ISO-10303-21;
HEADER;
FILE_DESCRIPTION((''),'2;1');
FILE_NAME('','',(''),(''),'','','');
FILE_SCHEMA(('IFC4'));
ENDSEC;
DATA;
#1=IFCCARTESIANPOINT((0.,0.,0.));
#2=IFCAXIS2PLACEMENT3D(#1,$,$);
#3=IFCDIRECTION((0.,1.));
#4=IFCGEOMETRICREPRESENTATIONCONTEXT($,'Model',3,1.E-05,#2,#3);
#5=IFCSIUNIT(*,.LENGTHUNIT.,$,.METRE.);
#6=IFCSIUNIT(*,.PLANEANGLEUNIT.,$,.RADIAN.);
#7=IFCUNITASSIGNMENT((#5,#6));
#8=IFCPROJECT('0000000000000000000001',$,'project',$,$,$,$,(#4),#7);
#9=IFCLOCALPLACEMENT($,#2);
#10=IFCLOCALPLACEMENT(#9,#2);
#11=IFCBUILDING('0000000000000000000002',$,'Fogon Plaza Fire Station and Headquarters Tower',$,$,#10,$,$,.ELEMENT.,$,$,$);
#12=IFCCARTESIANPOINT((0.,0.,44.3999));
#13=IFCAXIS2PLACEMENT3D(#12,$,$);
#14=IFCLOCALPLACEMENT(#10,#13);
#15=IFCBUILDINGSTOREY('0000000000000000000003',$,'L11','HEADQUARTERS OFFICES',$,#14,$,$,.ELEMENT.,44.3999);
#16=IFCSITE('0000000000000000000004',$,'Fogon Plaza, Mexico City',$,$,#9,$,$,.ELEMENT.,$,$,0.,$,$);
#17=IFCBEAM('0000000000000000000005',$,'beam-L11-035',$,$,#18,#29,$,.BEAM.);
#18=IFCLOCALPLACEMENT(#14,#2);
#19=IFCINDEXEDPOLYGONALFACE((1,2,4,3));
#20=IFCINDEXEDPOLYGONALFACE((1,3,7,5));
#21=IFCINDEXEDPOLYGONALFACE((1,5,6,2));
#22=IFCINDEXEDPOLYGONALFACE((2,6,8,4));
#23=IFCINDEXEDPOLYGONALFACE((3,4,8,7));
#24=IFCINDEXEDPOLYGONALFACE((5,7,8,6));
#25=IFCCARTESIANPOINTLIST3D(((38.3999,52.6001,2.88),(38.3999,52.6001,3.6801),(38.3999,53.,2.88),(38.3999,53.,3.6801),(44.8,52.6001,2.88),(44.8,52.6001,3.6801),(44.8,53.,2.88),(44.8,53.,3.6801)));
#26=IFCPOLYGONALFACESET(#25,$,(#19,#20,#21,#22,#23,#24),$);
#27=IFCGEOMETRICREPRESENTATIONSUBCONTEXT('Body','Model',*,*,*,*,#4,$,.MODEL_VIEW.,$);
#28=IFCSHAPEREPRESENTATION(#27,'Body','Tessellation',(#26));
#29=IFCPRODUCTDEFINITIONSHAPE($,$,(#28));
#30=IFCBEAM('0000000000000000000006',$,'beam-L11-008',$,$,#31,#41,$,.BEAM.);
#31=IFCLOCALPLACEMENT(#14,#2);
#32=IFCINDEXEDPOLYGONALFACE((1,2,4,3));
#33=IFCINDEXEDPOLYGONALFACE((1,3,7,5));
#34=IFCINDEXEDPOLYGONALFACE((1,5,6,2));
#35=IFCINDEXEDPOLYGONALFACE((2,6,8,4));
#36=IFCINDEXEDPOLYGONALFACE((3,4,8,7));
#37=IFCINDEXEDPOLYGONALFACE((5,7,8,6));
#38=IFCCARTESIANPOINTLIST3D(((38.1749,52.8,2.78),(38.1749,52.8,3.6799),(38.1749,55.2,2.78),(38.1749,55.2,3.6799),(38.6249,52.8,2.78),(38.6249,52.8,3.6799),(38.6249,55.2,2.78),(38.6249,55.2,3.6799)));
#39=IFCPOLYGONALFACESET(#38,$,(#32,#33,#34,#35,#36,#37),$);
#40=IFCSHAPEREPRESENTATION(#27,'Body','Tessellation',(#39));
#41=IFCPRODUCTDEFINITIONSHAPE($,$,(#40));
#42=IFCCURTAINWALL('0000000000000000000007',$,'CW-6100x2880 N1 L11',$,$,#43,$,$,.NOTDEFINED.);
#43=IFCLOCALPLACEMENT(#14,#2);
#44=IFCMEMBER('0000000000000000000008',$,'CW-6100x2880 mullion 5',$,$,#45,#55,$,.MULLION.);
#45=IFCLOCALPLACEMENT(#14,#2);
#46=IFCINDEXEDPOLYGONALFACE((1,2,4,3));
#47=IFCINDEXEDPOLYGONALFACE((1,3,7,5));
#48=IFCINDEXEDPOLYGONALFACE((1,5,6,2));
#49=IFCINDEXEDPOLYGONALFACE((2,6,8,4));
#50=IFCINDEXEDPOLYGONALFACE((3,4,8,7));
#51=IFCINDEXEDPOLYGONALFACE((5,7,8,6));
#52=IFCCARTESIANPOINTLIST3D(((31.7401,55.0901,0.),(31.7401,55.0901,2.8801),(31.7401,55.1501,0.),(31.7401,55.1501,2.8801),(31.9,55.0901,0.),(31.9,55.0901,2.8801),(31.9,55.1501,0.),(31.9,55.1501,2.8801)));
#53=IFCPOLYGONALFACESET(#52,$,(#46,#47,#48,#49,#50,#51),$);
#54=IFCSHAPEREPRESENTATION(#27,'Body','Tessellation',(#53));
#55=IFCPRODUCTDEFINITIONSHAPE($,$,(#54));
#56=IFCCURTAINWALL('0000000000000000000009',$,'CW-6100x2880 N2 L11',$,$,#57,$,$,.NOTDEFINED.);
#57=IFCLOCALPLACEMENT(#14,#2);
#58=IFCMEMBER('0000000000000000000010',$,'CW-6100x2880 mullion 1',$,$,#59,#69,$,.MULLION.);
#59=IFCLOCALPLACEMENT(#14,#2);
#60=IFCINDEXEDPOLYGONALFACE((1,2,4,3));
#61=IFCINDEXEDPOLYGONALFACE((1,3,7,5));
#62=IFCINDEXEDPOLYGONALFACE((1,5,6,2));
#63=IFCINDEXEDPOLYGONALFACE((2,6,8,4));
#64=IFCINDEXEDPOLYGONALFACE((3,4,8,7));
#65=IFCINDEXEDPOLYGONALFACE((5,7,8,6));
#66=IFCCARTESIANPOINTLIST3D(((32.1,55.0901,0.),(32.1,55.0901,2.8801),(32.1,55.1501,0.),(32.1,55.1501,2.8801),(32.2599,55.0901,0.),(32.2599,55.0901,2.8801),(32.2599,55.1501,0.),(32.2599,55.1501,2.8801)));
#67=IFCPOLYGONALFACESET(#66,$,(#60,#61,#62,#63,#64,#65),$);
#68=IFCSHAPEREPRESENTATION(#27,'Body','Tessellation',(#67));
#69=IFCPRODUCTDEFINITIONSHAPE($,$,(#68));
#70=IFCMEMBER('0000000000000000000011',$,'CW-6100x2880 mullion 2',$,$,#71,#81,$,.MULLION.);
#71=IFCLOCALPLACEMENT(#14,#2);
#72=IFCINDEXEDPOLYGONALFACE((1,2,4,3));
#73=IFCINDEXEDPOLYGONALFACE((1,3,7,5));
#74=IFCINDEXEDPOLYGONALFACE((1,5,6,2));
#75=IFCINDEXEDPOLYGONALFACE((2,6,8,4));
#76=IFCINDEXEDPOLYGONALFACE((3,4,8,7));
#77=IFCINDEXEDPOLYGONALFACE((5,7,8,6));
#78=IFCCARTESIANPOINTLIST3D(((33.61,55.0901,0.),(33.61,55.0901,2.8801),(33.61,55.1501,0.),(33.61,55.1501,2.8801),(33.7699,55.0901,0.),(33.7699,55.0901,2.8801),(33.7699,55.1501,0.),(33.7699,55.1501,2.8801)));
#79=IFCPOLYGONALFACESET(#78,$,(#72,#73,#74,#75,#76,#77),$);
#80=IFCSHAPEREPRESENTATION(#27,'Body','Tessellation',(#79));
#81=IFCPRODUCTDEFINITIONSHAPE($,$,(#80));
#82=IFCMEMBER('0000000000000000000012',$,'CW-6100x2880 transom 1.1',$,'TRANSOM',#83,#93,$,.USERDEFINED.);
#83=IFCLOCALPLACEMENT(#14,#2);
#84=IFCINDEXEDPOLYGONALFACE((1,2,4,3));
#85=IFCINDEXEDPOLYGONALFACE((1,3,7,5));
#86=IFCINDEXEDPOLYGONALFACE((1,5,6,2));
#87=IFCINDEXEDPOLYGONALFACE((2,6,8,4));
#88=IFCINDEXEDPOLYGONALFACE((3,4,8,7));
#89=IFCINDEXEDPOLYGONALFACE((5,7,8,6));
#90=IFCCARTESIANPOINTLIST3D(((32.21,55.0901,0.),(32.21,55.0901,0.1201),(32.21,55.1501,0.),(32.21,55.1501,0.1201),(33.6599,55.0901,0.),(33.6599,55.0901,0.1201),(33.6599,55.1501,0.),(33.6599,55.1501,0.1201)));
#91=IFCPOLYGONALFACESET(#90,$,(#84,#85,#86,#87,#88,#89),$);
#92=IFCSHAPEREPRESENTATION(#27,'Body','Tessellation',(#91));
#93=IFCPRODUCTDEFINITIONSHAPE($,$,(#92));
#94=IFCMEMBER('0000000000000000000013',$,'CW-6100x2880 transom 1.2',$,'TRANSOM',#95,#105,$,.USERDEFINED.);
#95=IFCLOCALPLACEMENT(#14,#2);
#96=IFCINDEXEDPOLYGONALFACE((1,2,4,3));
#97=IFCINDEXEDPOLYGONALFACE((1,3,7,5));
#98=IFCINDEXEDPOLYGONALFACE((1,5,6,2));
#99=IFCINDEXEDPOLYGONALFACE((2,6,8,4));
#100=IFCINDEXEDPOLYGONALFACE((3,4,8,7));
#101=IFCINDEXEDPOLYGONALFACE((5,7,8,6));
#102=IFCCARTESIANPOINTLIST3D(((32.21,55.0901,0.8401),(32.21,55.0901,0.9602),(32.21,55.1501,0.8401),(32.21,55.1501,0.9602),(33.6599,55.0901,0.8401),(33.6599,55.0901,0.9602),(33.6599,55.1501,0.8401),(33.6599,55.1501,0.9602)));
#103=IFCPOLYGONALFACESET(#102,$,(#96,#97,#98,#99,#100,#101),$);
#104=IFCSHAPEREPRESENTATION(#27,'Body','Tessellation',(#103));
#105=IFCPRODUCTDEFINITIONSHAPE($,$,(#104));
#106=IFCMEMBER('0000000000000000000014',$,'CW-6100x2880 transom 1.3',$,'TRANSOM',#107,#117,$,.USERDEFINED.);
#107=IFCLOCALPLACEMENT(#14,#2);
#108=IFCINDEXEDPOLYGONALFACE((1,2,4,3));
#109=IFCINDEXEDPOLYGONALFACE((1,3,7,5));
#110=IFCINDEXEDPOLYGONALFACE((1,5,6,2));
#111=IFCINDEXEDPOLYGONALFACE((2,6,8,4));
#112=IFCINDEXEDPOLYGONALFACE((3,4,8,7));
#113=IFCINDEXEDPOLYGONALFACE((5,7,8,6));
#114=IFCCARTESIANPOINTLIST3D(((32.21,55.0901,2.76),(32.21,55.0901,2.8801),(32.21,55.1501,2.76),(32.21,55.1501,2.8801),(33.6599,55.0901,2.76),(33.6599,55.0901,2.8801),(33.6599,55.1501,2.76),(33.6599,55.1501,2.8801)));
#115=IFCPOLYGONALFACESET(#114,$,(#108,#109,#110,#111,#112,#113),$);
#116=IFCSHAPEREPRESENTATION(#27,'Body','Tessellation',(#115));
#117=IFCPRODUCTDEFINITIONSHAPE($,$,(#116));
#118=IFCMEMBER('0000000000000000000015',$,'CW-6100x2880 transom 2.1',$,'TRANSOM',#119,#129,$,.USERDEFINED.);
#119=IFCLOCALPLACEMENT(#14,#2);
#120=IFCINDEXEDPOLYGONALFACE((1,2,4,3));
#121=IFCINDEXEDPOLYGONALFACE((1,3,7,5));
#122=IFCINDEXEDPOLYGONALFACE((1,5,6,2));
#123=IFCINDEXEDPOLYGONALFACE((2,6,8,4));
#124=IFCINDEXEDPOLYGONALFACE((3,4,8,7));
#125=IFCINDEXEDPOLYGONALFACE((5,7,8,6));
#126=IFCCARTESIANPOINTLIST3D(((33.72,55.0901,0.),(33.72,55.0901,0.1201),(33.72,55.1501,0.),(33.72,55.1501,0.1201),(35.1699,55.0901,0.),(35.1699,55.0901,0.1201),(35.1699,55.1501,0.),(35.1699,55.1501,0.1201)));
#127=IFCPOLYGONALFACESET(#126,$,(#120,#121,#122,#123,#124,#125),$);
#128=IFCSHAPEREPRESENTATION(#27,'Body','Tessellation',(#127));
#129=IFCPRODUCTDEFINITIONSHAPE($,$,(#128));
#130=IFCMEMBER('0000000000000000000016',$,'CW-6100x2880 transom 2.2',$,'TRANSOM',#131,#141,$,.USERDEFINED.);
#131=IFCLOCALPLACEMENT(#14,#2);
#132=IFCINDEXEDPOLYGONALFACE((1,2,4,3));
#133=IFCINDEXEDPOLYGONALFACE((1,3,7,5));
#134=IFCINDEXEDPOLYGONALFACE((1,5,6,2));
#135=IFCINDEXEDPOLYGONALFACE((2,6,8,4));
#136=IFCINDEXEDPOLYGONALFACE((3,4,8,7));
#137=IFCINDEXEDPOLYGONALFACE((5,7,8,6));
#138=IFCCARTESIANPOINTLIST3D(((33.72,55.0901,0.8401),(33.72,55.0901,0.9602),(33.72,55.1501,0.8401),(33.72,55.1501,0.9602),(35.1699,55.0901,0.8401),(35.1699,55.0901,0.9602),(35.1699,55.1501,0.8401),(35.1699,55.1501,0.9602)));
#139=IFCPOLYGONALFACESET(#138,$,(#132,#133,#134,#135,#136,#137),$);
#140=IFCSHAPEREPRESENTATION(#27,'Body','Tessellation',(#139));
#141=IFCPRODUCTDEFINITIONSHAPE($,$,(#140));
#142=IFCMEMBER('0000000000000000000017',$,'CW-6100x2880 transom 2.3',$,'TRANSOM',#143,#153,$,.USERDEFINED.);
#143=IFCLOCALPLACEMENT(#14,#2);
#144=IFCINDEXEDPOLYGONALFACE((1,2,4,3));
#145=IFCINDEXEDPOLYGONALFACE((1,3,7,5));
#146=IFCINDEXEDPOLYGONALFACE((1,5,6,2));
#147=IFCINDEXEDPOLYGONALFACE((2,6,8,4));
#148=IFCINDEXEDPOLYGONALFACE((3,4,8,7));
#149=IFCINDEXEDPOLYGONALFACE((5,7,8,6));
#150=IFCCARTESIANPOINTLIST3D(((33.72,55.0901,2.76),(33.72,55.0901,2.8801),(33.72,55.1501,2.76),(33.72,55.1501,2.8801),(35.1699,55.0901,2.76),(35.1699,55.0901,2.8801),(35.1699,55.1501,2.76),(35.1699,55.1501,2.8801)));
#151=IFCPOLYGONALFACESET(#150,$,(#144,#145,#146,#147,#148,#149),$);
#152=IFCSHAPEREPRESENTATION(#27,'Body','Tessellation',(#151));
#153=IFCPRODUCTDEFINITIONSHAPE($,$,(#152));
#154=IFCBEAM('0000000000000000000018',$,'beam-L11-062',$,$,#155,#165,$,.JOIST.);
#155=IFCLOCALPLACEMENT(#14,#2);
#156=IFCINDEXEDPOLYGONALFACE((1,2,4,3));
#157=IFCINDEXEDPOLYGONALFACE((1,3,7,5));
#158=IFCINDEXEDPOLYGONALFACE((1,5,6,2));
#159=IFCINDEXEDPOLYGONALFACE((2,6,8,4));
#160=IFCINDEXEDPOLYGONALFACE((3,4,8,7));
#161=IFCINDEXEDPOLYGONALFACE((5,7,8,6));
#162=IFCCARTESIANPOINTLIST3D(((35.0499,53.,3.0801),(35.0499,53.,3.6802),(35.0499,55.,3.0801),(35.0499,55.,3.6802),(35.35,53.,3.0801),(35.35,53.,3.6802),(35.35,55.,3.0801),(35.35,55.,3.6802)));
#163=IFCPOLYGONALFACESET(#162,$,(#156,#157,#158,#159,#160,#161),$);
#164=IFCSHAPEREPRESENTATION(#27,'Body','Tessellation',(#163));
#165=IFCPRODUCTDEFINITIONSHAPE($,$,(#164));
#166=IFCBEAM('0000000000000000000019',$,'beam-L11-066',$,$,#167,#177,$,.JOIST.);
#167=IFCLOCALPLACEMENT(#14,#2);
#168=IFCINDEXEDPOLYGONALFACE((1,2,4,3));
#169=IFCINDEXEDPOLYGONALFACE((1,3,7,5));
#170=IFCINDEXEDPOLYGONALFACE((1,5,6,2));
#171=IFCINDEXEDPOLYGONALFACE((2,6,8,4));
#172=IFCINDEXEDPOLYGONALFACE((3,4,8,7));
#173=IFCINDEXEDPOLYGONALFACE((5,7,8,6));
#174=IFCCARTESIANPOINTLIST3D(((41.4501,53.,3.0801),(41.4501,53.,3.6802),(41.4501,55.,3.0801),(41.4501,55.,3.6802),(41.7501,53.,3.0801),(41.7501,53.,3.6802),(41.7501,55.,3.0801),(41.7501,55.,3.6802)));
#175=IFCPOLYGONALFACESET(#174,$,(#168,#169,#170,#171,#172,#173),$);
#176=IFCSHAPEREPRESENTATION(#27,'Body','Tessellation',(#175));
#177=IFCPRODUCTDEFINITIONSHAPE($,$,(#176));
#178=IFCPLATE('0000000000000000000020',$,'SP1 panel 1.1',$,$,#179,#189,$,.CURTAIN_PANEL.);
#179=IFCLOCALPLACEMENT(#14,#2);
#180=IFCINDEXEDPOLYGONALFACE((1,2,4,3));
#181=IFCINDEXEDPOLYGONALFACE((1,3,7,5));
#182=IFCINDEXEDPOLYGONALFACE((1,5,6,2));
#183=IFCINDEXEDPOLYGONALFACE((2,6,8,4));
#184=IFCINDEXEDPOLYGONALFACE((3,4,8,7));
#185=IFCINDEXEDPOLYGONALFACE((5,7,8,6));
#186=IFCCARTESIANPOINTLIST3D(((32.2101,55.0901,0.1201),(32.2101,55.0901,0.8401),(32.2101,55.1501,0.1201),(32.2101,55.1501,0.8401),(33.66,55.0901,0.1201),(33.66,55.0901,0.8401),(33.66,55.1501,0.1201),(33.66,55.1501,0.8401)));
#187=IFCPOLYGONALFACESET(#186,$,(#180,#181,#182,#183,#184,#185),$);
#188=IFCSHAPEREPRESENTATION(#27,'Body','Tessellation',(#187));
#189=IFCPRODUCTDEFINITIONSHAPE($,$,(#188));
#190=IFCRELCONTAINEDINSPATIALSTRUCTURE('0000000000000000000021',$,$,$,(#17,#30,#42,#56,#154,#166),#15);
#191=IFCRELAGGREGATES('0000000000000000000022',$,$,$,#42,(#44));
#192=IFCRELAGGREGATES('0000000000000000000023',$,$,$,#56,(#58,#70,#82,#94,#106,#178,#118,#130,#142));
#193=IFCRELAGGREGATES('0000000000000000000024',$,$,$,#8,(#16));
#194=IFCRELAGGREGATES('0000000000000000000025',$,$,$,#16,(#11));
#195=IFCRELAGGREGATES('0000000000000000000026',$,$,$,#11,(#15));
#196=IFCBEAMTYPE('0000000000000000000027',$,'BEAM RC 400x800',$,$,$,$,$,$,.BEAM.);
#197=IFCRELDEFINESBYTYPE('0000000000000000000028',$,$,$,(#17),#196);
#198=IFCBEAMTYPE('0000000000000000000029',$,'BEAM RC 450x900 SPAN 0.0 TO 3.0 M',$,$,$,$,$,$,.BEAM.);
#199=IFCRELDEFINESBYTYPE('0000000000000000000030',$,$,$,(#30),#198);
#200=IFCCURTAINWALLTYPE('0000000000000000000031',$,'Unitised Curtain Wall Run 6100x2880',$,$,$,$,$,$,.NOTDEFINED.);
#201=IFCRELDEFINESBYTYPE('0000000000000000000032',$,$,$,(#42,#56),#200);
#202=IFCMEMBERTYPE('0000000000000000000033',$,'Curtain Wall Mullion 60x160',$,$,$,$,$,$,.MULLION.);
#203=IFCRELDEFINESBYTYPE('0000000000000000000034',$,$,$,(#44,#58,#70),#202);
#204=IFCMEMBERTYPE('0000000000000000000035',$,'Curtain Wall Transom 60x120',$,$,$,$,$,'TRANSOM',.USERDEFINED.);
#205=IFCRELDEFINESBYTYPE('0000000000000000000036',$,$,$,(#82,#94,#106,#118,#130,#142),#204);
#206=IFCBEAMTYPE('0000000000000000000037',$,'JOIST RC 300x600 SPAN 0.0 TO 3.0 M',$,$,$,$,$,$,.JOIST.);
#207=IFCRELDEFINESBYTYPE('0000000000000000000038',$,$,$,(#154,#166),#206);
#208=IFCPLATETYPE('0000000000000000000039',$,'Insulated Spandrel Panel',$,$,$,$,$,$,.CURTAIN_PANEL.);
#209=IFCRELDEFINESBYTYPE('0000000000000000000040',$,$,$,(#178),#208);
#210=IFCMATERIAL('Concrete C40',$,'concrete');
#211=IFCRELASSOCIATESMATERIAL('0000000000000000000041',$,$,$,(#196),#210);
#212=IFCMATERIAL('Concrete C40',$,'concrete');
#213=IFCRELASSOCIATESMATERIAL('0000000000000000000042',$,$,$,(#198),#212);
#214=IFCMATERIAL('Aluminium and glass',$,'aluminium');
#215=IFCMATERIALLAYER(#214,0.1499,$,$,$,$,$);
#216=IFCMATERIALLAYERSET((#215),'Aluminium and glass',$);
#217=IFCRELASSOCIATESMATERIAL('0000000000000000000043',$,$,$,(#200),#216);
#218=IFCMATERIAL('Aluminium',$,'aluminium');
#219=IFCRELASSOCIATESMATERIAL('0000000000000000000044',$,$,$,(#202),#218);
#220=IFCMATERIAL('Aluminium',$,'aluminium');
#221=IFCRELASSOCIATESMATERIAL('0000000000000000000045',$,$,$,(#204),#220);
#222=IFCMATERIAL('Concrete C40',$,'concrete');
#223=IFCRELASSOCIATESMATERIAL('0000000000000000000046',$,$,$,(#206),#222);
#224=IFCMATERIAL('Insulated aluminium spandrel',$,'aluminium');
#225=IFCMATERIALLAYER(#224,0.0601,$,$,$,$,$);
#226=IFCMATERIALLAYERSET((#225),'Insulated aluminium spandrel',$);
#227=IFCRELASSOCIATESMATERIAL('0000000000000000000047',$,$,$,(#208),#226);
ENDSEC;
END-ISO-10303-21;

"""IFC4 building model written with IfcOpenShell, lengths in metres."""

from ifc_helpers import new_model, si_unit, direction, frame, origin, origin_2d, place, context, subcontext, project, spatial, rectangle, extrude, material, layer, layer_set, material_profile, profile_set, type_object, element, aggregate, save


model = new_model("IFC4")

# Units and contexts
model_context = context("Model", 3, precision=1e-05, world=origin(), true_north=direction((0.0, 1.0)))
body_context = subcontext(model_context, "Body", "Model", "MODEL_VIEW")
ifc_project = project(units=[si_unit("LENGTHUNIT", "METRE"), si_unit("PLANEANGLEUNIT", "RADIAN")], contexts=[model_context])

# Site, building, storey
site_placement = place(None, origin())
site = spatial("IfcSite", under=ifc_project, at=site_placement, Name="Fogon Plaza, Mexico City", CompositionType="ELEMENT", RefElevation=0.0)
building_placement = place(site_placement, origin())
building = spatial("IfcBuilding", under=site, at=building_placement, Name="Fogon Plaza Fire Station and Headquarters Tower", CompositionType="ELEMENT")
storey_placement = place(building_placement, frame((0.0, 0.0, 44.3999)))
storey = spatial("IfcBuildingStorey", under=building, at=storey_placement, Name="L11", Description="HEADQUARTERS OFFICES", CompositionType="ELEMENT", Elevation=44.3999)

# Beams
ifc_material_1 = material(Name="Concrete C40", Category="concrete")
ifc_material_profile_1 = material_profile(ifc_material_1, rectangle(XDim=0.3999, YDim=0.8, at=origin_2d()), Name="RC 400x800")
ifc_profile_set_1 = profile_set([ifc_material_profile_1], Name="Concrete C40")
beam_type_1 = type_object("IfcBeamType", Name="BEAM RC 400x800", PredefinedType="BEAM", material=ifc_profile_set_1)
beam_1_placement = place(storey_placement, frame((38.3999, 52.8, 3.28), z_axis=(1.0, 0.0, 0.0), x_axis=(0.0, 1.0, 0.0)))
element("IfcBeam", 1, at=beam_1_placement, inside=storey, type_object=beam_type_1, Name="beam-L11-035", PredefinedType="BEAM", context=body_context, shape_type="SweptSolid", body=[
    extrude(rectangle(XDim=0.3999, YDim=0.8, at=origin_2d()), origin(), (0.0, 0.0, 1.0), 6.4001),
])
ifc_material_2 = material(Name="Concrete C40", Category="concrete")
ifc_material_profile_2 = material_profile(ifc_material_2, rectangle(XDim=0.45, YDim=0.8999, at=origin_2d()), Name="RC 450x900")
ifc_profile_set_2 = profile_set([ifc_material_profile_2], Name="Concrete C40")
beam_type_2 = type_object("IfcBeamType", Name="BEAM RC 450x900 SPAN 0.0 TO 3.0 M", PredefinedType="BEAM", material=ifc_profile_set_2)
beam_2_placement = place(storey_placement, frame((38.3999, 52.8, 3.23), z_axis=(0.0, 1.0, 0.0), x_axis=(-1.0, 0.0, 0.0)))
element("IfcBeam", 2, at=beam_2_placement, inside=storey, type_object=beam_type_2, Name="beam-L11-008", PredefinedType="BEAM", context=body_context, shape_type="SweptSolid", body=[
    extrude(rectangle(XDim=0.45, YDim=0.8999, at=origin_2d()), origin(), (0.0, 0.0, 1.0), 2.3999),
])

# Curtain wall, member
ifc_material_3 = material(Name="Aluminium and glass", Category="aluminium")
ifc_layer_1 = layer(ifc_material_3, 0.1499)
ifc_layer_set_1 = layer_set([ifc_layer_1], Name="Aluminium and glass")
curtain_wall_type = type_object("IfcCurtainWallType", Name="Unitised Curtain Wall Run 6100x2880", PredefinedType="NOTDEFINED", material=ifc_layer_set_1)
curtain_wall_1_placement = place(storey_placement, origin())
curtain_wall_1 = element("IfcCurtainWall", 3, at=curtain_wall_1_placement, inside=storey, type_object=curtain_wall_type, Name="CW-6100x2880 N1 L11", PredefinedType="NOTDEFINED")
ifc_material_4 = material(Name="Aluminium", Category="aluminium")
ifc_material_profile_3 = material_profile(ifc_material_4, rectangle(XDim=0.0601, YDim=0.1599, at=origin_2d()), Name="Curtain Wall Mullion 60x160")
ifc_profile_set_3 = profile_set([ifc_material_profile_3], Name="Aluminium")
member_type_1 = type_object("IfcMemberType", Name="Curtain Wall Mullion 60x160", PredefinedType="MULLION", material=ifc_profile_set_3)
member_1_placement = place(storey_placement, frame((31.8201, 55.1201, 0.0), z_axis=(0.0, 0.0, 1.0), x_axis=(0.0, 1.0, 0.0)))
member_1 = element("IfcMember", 4, at=member_1_placement, type_object=member_type_1, Name="CW-6100x2880 mullion 5", PredefinedType="MULLION", context=body_context, shape_type="SweptSolid", body=[
    extrude(rectangle(XDim=0.0601, YDim=0.1599, at=origin_2d()), origin(), (0.0, 0.0, 1.0), 2.8801),
])
aggregate(curtain_wall_1, [member_1])

# Curtain wall, members
curtain_wall_2_placement = place(storey_placement, origin())
curtain_wall_2 = element("IfcCurtainWall", 5, at=curtain_wall_2_placement, inside=storey, type_object=curtain_wall_type, Name="CW-6100x2880 N2 L11", PredefinedType="NOTDEFINED")
member_2_placement = place(storey_placement, frame((32.1799, 55.1201, 0.0), z_axis=(0.0, 0.0, 1.0), x_axis=(0.0, 1.0, 0.0)))
member_2 = element("IfcMember", 6, at=member_2_placement, type_object=member_type_1, Name="CW-6100x2880 mullion 1", PredefinedType="MULLION", context=body_context, shape_type="SweptSolid", body=[
    extrude(rectangle(XDim=0.0601, YDim=0.1599, at=origin_2d()), origin(), (0.0, 0.0, 1.0), 2.8801),
])
member_3_placement = place(storey_placement, frame((33.6899, 55.1201, 0.0), z_axis=(0.0, 0.0, 1.0), x_axis=(0.0, 1.0, 0.0)))
member_3 = element("IfcMember", 7, at=member_3_placement, type_object=member_type_1, Name="CW-6100x2880 mullion 2", PredefinedType="MULLION", context=body_context, shape_type="SweptSolid", body=[
    extrude(rectangle(XDim=0.0601, YDim=0.1599, at=origin_2d()), origin(), (0.0, 0.0, 1.0), 2.8801),
])
ifc_material_5 = material(Name="Aluminium", Category="aluminium")
ifc_material_profile_4 = material_profile(ifc_material_5, rectangle(XDim=0.0601, YDim=0.1201, at=origin_2d()), Name="Curtain Wall Transom 60x120")
ifc_profile_set_4 = profile_set([ifc_material_profile_4], Name="Aluminium")
member_type_2 = type_object("IfcMemberType", Name="Curtain Wall Transom 60x120", ElementType="TRANSOM", PredefinedType="USERDEFINED", material=ifc_profile_set_4)
member_4_placement = place(storey_placement, frame((32.21, 55.1201, 0.0601), z_axis=(1.0, 0.0, 0.0), x_axis=(0.0, 1.0, 0.0)))
member_4 = element("IfcMember", 8, at=member_4_placement, type_object=member_type_2, Name="CW-6100x2880 transom 1.1", ObjectType="TRANSOM", PredefinedType="USERDEFINED", context=body_context, shape_type="SweptSolid", body=[
    extrude(rectangle(XDim=0.0601, YDim=0.1201, at=origin_2d()), origin(), (0.0, 0.0, 1.0), 1.45),
])
member_5_placement = place(storey_placement, frame((32.21, 55.1201, 0.9001), z_axis=(1.0, 0.0, 0.0), x_axis=(0.0, 1.0, 0.0)))
member_5 = element("IfcMember", 9, at=member_5_placement, type_object=member_type_2, Name="CW-6100x2880 transom 1.2", ObjectType="TRANSOM", PredefinedType="USERDEFINED", context=body_context, shape_type="SweptSolid", body=[
    extrude(rectangle(XDim=0.0601, YDim=0.1201, at=origin_2d()), origin(), (0.0, 0.0, 1.0), 1.45),
])
member_6_placement = place(storey_placement, frame((32.21, 55.1201, 2.8201), z_axis=(1.0, 0.0, 0.0), x_axis=(0.0, 1.0, 0.0)))
member_6 = element("IfcMember", 10, at=member_6_placement, type_object=member_type_2, Name="CW-6100x2880 transom 1.3", ObjectType="TRANSOM", PredefinedType="USERDEFINED", context=body_context, shape_type="SweptSolid", body=[
    extrude(rectangle(XDim=0.0601, YDim=0.1201, at=origin_2d()), origin(), (0.0, 0.0, 1.0), 1.45),
])
member_7_placement = place(storey_placement, frame((33.72, 55.1201, 0.0601), z_axis=(1.0, 0.0, 0.0), x_axis=(0.0, 1.0, 0.0)))
member_7 = element("IfcMember", 11, at=member_7_placement, type_object=member_type_2, Name="CW-6100x2880 transom 2.1", ObjectType="TRANSOM", PredefinedType="USERDEFINED", context=body_context, shape_type="SweptSolid", body=[
    extrude(rectangle(XDim=0.0601, YDim=0.1201, at=origin_2d()), origin(), (0.0, 0.0, 1.0), 1.45),
])
member_8_placement = place(storey_placement, frame((33.72, 55.1201, 0.9001), z_axis=(1.0, 0.0, 0.0), x_axis=(0.0, 1.0, 0.0)))
member_8 = element("IfcMember", 12, at=member_8_placement, type_object=member_type_2, Name="CW-6100x2880 transom 2.2", ObjectType="TRANSOM", PredefinedType="USERDEFINED", context=body_context, shape_type="SweptSolid", body=[
    extrude(rectangle(XDim=0.0601, YDim=0.1201, at=origin_2d()), origin(), (0.0, 0.0, 1.0), 1.45),
])
member_9_placement = place(storey_placement, frame((33.72, 55.1201, 2.8201), z_axis=(1.0, 0.0, 0.0), x_axis=(0.0, 1.0, 0.0)))
member_9 = element("IfcMember", 13, at=member_9_placement, type_object=member_type_2, Name="CW-6100x2880 transom 2.3", ObjectType="TRANSOM", PredefinedType="USERDEFINED", context=body_context, shape_type="SweptSolid", body=[
    extrude(rectangle(XDim=0.0601, YDim=0.1201, at=origin_2d()), origin(), (0.0, 0.0, 1.0), 1.45),
])

# Beams
ifc_material_6 = material(Name="Concrete C40", Category="concrete")
ifc_material_profile_5 = material_profile(ifc_material_6, rectangle(XDim=0.3, YDim=0.6001, at=origin_2d()), Name="RC 300x600")
ifc_profile_set_5 = profile_set([ifc_material_profile_5], Name="Concrete C40")
beam_type_3 = type_object("IfcBeamType", Name="JOIST RC 300x600 SPAN 0.0 TO 3.0 M", PredefinedType="JOIST", material=ifc_profile_set_5)
for number, where, z_axis, x_axis, name in (
    (14, (35.2, 53.0, 3.3801), (0.0, 1.0, 0.0), (-1.0, 0.0, 0.0), "beam-L11-062"),
    (15, (41.6001, 53.0, 3.3801), (0.0, 1.0, 0.0), (-1.0, 0.0, 0.0), "beam-L11-066"),
):
    element("IfcBeam", number, at=place(storey_placement, frame(where, z_axis=z_axis, x_axis=x_axis)), inside=storey, type_object=beam_type_3, Name=name, PredefinedType="JOIST", context=body_context, shape_type="SweptSolid", body=[
        extrude(rectangle(XDim=0.3, YDim=0.6001, at=origin_2d()), origin(), (0.0, 0.0, 1.0), 2.0),
    ])

# Plate
ifc_material_7 = material(Name="Insulated aluminium spandrel", Category="aluminium")
ifc_layer_2 = layer(ifc_material_7, 0.0601)
ifc_layer_set_2 = layer_set([ifc_layer_2], Name="Insulated aluminium spandrel")
plate_type_1 = type_object("IfcPlateType", Name="Insulated Spandrel Panel", PredefinedType="CURTAIN_PANEL", material=ifc_layer_set_2)
plate_1_placement = place(storey_placement, frame((32.9351, 55.1201, 0.1201), z_axis=(0.0, 0.0, 1.0), x_axis=(1.0, 0.0, 0.0)))
plate_1 = element("IfcPlate", 16, at=plate_1_placement, type_object=plate_type_1, Name="SP1 panel 1.1", PredefinedType="CURTAIN_PANEL", context=body_context, shape_type="SweptSolid", body=[
    extrude(rectangle(XDim=1.45, YDim=0.0601, at=origin_2d()), origin(), (0.0, 0.0, 1.0), 0.72),
])
aggregate(curtain_wall_2, [member_2, member_3, member_4, member_5, member_6, plate_1, member_7, member_8, member_9])

save(model, "model.ifc")
